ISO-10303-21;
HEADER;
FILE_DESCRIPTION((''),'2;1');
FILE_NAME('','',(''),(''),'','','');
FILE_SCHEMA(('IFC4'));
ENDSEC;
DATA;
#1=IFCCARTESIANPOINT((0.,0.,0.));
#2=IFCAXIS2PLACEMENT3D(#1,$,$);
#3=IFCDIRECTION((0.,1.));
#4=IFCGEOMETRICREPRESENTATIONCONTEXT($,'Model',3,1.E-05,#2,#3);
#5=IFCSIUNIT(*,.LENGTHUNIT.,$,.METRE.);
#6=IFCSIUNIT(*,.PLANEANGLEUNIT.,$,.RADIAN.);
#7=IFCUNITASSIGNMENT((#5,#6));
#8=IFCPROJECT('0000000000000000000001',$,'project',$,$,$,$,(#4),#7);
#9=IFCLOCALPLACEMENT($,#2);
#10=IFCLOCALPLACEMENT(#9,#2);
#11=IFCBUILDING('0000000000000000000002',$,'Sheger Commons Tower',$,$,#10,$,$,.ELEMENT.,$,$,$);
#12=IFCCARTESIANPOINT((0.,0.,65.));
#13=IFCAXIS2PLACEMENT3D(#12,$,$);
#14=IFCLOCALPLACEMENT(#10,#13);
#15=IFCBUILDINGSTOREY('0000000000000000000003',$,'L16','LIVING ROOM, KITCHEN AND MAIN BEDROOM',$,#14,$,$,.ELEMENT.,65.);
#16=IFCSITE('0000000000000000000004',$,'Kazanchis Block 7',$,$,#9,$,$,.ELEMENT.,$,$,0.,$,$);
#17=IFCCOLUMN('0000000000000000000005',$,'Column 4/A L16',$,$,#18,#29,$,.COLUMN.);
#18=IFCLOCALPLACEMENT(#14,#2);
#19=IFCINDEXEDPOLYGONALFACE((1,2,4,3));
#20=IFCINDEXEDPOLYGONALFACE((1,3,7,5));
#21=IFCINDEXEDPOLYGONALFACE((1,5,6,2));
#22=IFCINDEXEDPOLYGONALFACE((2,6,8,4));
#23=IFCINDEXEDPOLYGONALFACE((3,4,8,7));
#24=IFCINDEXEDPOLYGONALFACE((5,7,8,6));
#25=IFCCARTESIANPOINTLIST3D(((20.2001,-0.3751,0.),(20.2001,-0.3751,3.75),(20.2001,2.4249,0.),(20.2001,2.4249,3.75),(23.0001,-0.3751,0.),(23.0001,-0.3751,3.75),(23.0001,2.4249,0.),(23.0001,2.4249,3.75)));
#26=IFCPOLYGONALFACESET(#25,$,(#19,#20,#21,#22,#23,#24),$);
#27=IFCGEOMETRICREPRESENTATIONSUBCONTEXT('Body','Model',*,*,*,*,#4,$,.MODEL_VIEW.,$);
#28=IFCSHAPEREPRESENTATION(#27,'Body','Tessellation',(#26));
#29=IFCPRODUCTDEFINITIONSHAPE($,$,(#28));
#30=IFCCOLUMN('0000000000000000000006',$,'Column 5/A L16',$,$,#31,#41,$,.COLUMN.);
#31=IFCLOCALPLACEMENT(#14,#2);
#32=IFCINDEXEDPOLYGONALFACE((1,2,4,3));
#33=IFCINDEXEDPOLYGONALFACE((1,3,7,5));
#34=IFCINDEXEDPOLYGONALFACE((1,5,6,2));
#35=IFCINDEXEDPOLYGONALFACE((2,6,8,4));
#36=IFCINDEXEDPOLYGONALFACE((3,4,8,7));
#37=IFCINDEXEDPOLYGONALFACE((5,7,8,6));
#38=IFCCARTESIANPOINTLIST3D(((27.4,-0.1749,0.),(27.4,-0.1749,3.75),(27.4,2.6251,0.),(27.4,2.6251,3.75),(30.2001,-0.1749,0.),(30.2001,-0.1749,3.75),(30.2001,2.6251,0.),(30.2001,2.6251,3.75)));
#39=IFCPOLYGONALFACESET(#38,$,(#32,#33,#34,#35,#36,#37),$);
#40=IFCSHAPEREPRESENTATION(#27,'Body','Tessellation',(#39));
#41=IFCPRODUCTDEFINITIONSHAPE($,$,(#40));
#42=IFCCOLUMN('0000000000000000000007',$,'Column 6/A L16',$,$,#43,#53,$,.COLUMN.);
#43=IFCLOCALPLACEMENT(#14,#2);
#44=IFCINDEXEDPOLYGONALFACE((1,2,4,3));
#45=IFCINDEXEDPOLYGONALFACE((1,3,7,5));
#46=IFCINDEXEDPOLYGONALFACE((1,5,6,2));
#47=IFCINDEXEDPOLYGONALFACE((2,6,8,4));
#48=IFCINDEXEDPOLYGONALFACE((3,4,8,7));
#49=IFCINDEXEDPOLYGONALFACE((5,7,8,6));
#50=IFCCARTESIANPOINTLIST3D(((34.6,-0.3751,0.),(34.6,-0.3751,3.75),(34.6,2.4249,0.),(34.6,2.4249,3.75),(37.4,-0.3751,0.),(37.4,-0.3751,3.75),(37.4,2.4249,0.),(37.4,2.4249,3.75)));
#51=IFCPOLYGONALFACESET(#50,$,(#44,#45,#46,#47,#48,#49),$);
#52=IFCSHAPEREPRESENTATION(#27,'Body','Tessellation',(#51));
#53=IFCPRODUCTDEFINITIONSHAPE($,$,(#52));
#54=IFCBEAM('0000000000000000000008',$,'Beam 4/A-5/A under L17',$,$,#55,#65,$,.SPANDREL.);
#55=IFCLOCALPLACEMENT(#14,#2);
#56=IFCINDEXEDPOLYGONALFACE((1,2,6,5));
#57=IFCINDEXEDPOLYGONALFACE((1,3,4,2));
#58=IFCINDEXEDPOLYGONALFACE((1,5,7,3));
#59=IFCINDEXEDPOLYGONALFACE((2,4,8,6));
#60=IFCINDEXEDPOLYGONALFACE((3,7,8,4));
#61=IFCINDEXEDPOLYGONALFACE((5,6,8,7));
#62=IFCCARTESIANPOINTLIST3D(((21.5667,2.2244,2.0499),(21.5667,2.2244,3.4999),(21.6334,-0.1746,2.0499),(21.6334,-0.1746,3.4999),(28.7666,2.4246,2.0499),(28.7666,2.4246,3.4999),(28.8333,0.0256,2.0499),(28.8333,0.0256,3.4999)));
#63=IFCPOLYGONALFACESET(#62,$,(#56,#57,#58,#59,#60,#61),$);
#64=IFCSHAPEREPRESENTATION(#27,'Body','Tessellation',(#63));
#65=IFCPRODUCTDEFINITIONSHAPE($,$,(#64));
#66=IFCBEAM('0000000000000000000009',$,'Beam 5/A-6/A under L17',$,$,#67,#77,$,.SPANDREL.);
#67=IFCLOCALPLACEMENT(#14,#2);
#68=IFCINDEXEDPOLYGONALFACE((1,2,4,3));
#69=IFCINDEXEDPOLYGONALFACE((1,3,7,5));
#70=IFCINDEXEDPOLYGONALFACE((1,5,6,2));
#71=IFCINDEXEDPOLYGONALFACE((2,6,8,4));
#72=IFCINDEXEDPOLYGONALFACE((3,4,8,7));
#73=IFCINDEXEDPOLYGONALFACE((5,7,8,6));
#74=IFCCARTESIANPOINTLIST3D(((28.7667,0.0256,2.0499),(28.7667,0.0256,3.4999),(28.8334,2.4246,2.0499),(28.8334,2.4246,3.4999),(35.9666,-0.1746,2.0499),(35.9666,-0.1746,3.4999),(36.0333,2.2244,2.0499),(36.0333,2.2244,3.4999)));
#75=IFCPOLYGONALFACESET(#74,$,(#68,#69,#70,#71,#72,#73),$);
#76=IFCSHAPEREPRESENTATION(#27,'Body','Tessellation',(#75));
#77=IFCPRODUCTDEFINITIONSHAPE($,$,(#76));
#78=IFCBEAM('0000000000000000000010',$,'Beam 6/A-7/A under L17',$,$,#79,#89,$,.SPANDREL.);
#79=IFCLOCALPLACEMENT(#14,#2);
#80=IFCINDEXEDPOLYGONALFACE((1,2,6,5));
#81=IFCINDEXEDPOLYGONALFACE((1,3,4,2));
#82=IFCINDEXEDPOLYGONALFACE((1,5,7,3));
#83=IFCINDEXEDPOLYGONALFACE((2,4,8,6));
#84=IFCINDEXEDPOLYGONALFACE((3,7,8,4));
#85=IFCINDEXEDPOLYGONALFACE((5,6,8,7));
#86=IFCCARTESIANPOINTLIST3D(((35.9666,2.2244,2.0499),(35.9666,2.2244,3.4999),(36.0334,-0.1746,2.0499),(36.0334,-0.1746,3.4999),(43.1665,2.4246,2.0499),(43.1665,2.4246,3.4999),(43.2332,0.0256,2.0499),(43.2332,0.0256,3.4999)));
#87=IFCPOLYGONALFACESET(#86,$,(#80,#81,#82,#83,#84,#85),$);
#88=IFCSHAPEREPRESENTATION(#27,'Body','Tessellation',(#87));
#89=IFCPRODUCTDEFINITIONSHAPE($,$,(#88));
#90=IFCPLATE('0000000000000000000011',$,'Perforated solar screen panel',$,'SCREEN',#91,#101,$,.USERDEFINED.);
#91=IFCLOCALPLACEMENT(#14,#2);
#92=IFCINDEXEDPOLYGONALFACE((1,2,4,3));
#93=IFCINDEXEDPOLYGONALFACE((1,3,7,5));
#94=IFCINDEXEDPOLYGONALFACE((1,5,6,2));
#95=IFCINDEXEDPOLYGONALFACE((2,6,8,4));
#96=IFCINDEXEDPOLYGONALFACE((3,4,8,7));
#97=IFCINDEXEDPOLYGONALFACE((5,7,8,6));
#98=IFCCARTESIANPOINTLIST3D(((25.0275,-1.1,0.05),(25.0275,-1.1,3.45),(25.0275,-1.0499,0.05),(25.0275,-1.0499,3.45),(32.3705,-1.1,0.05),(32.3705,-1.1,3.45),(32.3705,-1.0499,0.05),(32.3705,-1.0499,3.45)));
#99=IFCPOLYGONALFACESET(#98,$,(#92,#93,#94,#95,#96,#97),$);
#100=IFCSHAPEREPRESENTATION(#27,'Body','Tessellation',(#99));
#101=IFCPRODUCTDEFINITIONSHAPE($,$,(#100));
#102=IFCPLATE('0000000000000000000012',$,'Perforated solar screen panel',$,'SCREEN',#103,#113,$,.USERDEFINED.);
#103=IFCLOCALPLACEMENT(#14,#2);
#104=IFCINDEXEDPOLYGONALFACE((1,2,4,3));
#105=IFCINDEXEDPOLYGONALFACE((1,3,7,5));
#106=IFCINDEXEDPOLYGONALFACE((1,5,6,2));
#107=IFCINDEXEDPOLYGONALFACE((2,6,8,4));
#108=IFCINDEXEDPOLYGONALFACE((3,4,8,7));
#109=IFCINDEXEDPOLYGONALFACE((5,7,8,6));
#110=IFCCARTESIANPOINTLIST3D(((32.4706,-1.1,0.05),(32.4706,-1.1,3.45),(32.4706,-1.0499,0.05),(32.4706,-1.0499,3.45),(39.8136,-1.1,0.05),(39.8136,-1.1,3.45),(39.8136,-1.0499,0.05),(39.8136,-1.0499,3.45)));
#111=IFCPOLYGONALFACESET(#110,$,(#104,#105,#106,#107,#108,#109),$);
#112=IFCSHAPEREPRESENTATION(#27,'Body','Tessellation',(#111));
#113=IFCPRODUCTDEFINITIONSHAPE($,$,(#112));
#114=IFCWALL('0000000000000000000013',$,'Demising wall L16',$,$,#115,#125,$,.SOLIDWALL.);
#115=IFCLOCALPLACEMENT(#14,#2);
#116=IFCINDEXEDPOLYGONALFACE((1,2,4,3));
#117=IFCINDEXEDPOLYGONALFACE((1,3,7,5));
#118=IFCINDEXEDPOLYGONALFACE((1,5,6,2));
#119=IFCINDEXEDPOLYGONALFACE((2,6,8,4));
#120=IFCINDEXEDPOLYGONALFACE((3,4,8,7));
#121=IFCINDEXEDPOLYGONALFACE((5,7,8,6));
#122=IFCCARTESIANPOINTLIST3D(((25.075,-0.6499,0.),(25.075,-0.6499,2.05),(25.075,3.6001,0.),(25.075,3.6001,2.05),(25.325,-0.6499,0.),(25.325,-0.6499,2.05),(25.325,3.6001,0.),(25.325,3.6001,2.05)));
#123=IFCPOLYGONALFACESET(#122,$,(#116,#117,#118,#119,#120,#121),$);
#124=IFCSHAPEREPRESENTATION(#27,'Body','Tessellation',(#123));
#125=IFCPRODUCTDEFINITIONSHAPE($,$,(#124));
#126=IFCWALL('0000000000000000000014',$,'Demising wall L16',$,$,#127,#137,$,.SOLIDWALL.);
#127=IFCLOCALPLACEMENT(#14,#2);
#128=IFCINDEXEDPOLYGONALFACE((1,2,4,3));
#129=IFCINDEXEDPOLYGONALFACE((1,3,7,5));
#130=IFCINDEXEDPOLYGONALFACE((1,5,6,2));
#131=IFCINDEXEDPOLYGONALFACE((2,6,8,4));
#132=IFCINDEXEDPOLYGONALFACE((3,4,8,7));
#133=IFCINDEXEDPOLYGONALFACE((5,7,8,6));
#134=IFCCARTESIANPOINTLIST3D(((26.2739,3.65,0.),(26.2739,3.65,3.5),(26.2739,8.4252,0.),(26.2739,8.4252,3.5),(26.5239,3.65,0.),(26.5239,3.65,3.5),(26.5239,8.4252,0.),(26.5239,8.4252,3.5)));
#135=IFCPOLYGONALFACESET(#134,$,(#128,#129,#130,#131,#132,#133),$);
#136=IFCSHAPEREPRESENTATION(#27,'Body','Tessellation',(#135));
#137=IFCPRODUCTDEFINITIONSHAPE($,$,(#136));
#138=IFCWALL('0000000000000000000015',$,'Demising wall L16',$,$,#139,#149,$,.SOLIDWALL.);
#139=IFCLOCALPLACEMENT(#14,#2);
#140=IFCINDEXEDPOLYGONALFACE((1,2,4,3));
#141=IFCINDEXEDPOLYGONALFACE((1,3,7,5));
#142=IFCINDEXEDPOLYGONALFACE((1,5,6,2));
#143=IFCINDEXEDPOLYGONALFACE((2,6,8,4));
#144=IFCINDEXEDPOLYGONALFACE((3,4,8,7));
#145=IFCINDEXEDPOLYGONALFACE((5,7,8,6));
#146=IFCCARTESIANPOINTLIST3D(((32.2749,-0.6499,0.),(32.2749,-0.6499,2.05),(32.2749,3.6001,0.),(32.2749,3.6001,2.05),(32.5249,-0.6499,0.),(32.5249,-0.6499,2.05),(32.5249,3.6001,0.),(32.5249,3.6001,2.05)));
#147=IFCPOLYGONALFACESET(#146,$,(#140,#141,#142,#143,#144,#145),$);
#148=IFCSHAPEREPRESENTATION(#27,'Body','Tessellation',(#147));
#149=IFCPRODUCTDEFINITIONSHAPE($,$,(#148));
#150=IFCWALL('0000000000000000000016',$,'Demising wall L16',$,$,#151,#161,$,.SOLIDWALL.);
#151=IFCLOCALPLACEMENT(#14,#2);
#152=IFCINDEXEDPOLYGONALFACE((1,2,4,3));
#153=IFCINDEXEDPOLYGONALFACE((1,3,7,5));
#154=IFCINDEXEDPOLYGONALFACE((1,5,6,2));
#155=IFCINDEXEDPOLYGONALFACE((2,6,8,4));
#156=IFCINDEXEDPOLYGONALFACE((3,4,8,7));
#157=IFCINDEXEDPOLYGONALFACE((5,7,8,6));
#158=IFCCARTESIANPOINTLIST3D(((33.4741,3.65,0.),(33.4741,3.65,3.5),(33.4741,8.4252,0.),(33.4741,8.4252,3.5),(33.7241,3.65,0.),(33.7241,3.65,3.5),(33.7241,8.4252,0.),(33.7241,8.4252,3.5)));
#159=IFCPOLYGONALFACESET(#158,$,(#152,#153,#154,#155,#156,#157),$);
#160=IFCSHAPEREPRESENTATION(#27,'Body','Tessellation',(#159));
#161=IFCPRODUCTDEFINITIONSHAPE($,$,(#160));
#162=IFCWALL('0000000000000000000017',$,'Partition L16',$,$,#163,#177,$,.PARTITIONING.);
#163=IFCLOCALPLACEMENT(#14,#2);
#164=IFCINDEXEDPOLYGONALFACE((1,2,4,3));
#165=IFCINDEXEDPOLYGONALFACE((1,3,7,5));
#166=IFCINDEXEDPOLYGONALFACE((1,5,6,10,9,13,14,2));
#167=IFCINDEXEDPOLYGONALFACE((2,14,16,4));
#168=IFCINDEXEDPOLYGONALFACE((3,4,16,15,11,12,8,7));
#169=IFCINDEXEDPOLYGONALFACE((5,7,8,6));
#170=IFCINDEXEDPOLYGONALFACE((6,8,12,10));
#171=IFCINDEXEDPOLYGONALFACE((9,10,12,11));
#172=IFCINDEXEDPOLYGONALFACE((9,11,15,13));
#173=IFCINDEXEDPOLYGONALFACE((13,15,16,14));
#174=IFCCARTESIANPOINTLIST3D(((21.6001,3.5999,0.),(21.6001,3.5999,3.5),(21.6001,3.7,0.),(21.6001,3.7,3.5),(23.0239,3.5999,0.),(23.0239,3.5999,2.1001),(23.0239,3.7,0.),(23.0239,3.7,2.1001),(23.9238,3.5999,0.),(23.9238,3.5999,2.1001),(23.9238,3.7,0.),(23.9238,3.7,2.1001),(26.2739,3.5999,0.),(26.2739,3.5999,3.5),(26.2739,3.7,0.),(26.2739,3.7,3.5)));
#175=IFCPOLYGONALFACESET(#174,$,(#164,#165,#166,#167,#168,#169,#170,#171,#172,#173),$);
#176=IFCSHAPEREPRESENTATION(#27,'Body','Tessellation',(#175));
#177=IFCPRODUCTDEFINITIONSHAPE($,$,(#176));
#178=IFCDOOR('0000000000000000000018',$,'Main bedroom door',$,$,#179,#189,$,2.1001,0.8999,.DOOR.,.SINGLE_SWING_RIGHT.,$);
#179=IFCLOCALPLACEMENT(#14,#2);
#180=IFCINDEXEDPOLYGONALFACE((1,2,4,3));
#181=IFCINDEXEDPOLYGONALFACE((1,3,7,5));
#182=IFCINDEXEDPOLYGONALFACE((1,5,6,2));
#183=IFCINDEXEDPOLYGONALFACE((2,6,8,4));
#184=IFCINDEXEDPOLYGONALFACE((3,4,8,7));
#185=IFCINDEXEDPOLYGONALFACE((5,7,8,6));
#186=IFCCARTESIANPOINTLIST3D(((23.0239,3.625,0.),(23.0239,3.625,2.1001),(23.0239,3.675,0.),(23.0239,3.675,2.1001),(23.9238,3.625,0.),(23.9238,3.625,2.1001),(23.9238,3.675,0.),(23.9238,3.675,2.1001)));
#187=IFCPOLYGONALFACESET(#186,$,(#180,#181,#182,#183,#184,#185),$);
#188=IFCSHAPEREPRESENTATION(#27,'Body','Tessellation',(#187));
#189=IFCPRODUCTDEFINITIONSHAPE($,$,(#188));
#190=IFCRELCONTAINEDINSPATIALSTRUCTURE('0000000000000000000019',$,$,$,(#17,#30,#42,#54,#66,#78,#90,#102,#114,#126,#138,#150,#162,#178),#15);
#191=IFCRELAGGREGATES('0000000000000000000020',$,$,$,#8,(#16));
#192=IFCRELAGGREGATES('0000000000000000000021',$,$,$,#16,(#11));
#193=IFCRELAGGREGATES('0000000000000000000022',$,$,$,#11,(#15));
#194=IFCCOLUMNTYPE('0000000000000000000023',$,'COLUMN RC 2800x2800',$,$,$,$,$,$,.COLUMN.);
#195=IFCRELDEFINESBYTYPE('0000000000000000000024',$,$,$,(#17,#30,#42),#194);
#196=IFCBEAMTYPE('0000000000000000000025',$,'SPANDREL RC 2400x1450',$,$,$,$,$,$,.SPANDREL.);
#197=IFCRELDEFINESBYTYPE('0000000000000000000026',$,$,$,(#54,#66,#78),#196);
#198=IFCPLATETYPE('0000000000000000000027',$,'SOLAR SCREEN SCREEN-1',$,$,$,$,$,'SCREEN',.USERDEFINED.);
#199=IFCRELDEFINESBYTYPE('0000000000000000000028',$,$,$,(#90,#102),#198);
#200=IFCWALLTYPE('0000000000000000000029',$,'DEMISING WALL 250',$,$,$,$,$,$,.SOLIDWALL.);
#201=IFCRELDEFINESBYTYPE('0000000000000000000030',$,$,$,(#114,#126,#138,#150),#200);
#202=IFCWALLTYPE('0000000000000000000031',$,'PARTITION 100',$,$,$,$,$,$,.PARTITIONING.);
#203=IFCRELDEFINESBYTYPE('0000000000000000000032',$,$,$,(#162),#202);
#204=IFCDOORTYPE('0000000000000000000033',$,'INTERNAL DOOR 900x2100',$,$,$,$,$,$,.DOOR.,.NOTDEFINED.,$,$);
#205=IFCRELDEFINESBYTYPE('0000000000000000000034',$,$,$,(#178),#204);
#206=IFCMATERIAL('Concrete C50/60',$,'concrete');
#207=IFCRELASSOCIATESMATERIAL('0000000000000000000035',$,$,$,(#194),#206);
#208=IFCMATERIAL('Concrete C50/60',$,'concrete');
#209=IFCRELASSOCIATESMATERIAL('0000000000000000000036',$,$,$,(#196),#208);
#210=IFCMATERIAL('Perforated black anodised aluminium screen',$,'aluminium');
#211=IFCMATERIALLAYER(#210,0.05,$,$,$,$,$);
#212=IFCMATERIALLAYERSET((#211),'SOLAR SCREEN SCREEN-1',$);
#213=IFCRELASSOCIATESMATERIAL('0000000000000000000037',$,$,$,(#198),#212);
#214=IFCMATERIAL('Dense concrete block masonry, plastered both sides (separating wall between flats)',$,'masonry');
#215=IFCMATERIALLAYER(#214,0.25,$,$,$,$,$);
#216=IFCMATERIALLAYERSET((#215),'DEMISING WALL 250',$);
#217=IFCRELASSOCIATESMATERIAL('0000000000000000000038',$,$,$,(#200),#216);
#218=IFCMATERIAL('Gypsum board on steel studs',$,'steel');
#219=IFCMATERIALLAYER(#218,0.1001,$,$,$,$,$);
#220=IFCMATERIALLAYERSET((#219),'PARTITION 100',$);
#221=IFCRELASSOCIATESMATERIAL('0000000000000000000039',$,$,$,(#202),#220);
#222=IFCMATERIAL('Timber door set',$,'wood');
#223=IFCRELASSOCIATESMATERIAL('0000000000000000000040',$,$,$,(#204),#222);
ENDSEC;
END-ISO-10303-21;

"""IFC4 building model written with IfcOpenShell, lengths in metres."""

from ifc_helpers import new_model, si_unit, direction, frame, frame_2d, origin, origin_2d, place, context, subcontext, project, spatial, rectangle, extrude, material, layer, layer_set, material_profile, profile_set, type_object, element, fill, save


model = new_model("IFC4")

# Units and contexts
model_context = context("Model", 3, precision=1e-05, world=origin(), true_north=direction((0.0, 1.0)))
body_context = subcontext(model_context, "Body", "Model", "MODEL_VIEW")
ifc_project = project(units=[si_unit("LENGTHUNIT", "METRE"), si_unit("PLANEANGLEUNIT", "RADIAN")], contexts=[model_context])

# Site, building, storey
site_placement = place(None, origin())
site = spatial("IfcSite", under=ifc_project, at=site_placement, Name="Kazanchis Block 7", CompositionType="ELEMENT", RefElevation=0.0)
building_placement = place(site_placement, origin())
building = spatial("IfcBuilding", under=site, at=building_placement, Name="Sheger Commons Tower", CompositionType="ELEMENT")
storey_placement = place(building_placement, frame((0.0, 0.0, 65.0)))
storey = spatial("IfcBuildingStorey", under=building, at=storey_placement, Name="L16", Description="LIVING ROOM, KITCHEN AND MAIN BEDROOM", CompositionType="ELEMENT", Elevation=65.0)

# Columns
ifc_material_1 = material(Name="Concrete C50/60", Category="concrete")
ifc_material_profile_1 = material_profile(ifc_material_1, rectangle(XDim=2.8, YDim=2.8, at=origin_2d()), Name="RC 2800x2800")
ifc_profile_set_1 = profile_set([ifc_material_profile_1], Name="Concrete C50/60")
column_type = type_object("IfcColumnType", Name="COLUMN RC 2800x2800", PredefinedType="COLUMN", material=ifc_profile_set_1)
for number, where, z_axis, x_axis, name in (
    (1, (21.6001, 1.0249, 0.0), (0.0, 0.0, 1.0), (1.0, 0.0, 0.0), "Column 4/A L16"),
    (2, (28.8, 1.2251, 0.0), (0.0, 0.0, 1.0), (1.0, 0.0, 0.0), "Column 5/A L16"),
    (3, (36.0, 1.0249, 0.0), (0.0, 0.0, 1.0), (1.0, 0.0, 0.0), "Column 6/A L16"),
):
    element("IfcColumn", number, at=place(storey_placement, frame(where, z_axis=z_axis, x_axis=x_axis)), inside=storey, type_object=column_type, Name=name, PredefinedType="COLUMN", context=body_context, shape_type="SweptSolid", body=[
        extrude(rectangle(XDim=2.8, YDim=2.8, at=origin_2d()), origin(), (0.0, 0.0, 1.0), 3.75),
    ])

# Beams
ifc_material_2 = material(Name="Concrete C50/60", Category="concrete")
ifc_material_profile_2 = material_profile(ifc_material_2, rectangle(XDim=2.3999, YDim=1.45, at=origin_2d()), Name="RC 2400x1450")
ifc_profile_set_2 = profile_set([ifc_material_profile_2], Name="Concrete C50/60")
beam_type = type_object("IfcBeamType", Name="SPANDREL RC 2400x1450", PredefinedType="SPANDREL", material=ifc_profile_set_2)
for number, where, z_axis, x_axis, name in (
    (4, (21.6001, 1.0249, 2.7749), (0.999614, 0.027794, 0.0), (-0.027794, 0.999614, 0.0), "Beam 4/A-5/A under L17"),
    (5, (28.8, 1.2251, 2.7749), (0.999614, -0.027794, 0.0), (0.027794, 0.999614, 0.0), "Beam 5/A-6/A under L17"),
    (6, (36.0, 1.0249, 2.7749), (0.999614, 0.027794, 0.0), (-0.027794, 0.999614, 0.0), "Beam 6/A-7/A under L17"),
):
    element("IfcBeam", number, at=place(storey_placement, frame(where, z_axis=z_axis, x_axis=x_axis)), inside=storey, type_object=beam_type, Name=name, PredefinedType="SPANDREL", context=body_context, shape_type="SweptSolid", body=[
        extrude(rectangle(XDim=2.3999, YDim=1.45, at=origin_2d()), origin(), (0.0, 0.0, 1.0), 7.2026),
    ])

# Plates
ifc_material_3 = material(Name="Perforated black anodised aluminium screen", Category="aluminium")
ifc_layer_1 = layer(ifc_material_3, 0.05)
ifc_layer_set_1 = layer_set([ifc_layer_1], Name="SOLAR SCREEN SCREEN-1")
plate_type = type_object("IfcPlateType", Name="SOLAR SCREEN SCREEN-1", ElementType="SCREEN", PredefinedType="USERDEFINED", material=ifc_layer_set_1)
for number, where, z_axis, x_axis, name in (
    (7, (28.699, -1.075, 0.05), (0.0, 0.0, 1.0), (1.0, 0.0, 0.0), "Perforated solar screen panel"),
    (8, (36.1421, -1.075, 0.05), (0.0, 0.0, 1.0), (1.0, 0.0, 0.0), "Perforated solar screen panel"),
):
    element("IfcPlate", number, at=place(storey_placement, frame(where, z_axis=z_axis, x_axis=x_axis)), inside=storey, type_object=plate_type, Name=name, ObjectType="SCREEN", PredefinedType="USERDEFINED", context=body_context, shape_type="SweptSolid", body=[
        extrude(rectangle(XDim=7.343, YDim=0.05, at=origin_2d()), origin(), (0.0, 0.0, 1.0), 3.3999),
    ])

# Walls
ifc_material_4 = material(Name="Dense concrete block masonry, plastered both sides (separating wall between flats)", Category="masonry")
ifc_layer_2 = layer(ifc_material_4, 0.25)
ifc_layer_set_2 = layer_set([ifc_layer_2], Name="DEMISING WALL 250")
wall_type_1 = type_object("IfcWallType", Name="DEMISING WALL 250", PredefinedType="SOLIDWALL", material=ifc_layer_set_2)
wall_1_placement = place(storey_placement, frame((25.2, -0.6499, 0.0), z_axis=(0.0, 0.0, 1.0), x_axis=(0.0, 1.0, 0.0)))
element("IfcWall", 9, at=wall_1_placement, inside=storey, type_object=wall_type_1, Name="Demising wall L16", PredefinedType="SOLIDWALL", context=body_context, shape_type="SweptSolid", body=[
    extrude(rectangle(XDim=4.25, YDim=0.25, at=frame_2d((2.125, 0.0))), origin(), (0.0, 0.0, 1.0), 2.05),
])
wall_2_placement = place(storey_placement, frame((26.3989, 3.6499, 0.0), z_axis=(0.0, 0.0, 1.0), x_axis=(0.0, 1.0, 0.0)))
element("IfcWall", 10, at=wall_2_placement, inside=storey, type_object=wall_type_1, Name="Demising wall L16", PredefinedType="SOLIDWALL", context=body_context, shape_type="SweptSolid", body=[
    extrude(rectangle(XDim=4.7751, YDim=0.25, at=frame_2d((2.3877, 0.0))), origin(), (0.0, 0.0, 1.0), 3.5),
])
wall_3_placement = place(storey_placement, frame((32.3999, -0.6499, 0.0), z_axis=(0.0, 0.0, 1.0), x_axis=(0.0, 1.0, 0.0)))
element("IfcWall", 11, at=wall_3_placement, inside=storey, type_object=wall_type_1, Name="Demising wall L16", PredefinedType="SOLIDWALL", context=body_context, shape_type="SweptSolid", body=[
    extrude(rectangle(XDim=4.25, YDim=0.25, at=frame_2d((2.125, 0.0))), origin(), (0.0, 0.0, 1.0), 2.05),
])
wall_4_placement = place(storey_placement, frame((33.5991, 3.6499, 0.0), z_axis=(0.0, 0.0, 1.0), x_axis=(0.0, 1.0, 0.0)))
element("IfcWall", 12, at=wall_4_placement, inside=storey, type_object=wall_type_1, Name="Demising wall L16", PredefinedType="SOLIDWALL", context=body_context, shape_type="SweptSolid", body=[
    extrude(rectangle(XDim=4.7751, YDim=0.25, at=frame_2d((2.3877, 0.0))), origin(), (0.0, 0.0, 1.0), 3.5),
])

# Wall, opening, door
ifc_material_5 = material(Name="Gypsum board on steel studs", Category="steel")
ifc_layer_3 = layer(ifc_material_5, 0.1001)
ifc_layer_set_3 = layer_set([ifc_layer_3], Name="PARTITION 100")
wall_type_2 = type_object("IfcWallType", Name="PARTITION 100", PredefinedType="PARTITIONING", material=ifc_layer_set_3)
wall_5_placement = place(storey_placement, frame((26.2739, 3.6499, 0.0), z_axis=(0.0, 0.0, 1.0), x_axis=(-1.0, 0.0, 0.0)))
wall_5 = element("IfcWall", 13, at=wall_5_placement, inside=storey, type_object=wall_type_2, Name="Partition L16", PredefinedType="PARTITIONING", context=body_context, shape_type="SweptSolid", body=[
    extrude(rectangle(XDim=4.6738, YDim=0.1001, at=frame_2d((2.3369, 0.0))), origin(), (0.0, 0.0, 1.0), 3.5),
])
opening_1_placement = place(wall_5_placement, frame((2.3501, 0.0, 0.0)))
opening_1 = element("IfcOpeningElement", 14, at=opening_1_placement, cuts=wall_5, PredefinedType="OPENING", context=body_context, shape_type="SweptSolid", body=[
    extrude(rectangle(XDim=0.8999, YDim=2.1001, at=frame_2d((0.45, 1.05))), frame((0.0, 0.0601, 0.0), z_axis=(0.0, -1.0, 0.0), x_axis=(1.0, 0.0, 0.0)), (0.0, 0.0, 1.0), 0.1201),
])
ifc_material_6 = material(Name="Timber door set", Category="wood")
door_type = type_object("IfcDoorType", Name="INTERNAL DOOR 900x2100", OperationType="NOTDEFINED", PredefinedType="DOOR", material=ifc_material_6)
door_1_placement = place(opening_1_placement, origin())
door_1 = element("IfcDoor", 15, at=door_1_placement, inside=storey, type_object=door_type, Name="Main bedroom door", OperationType="SINGLE_SWING_RIGHT", OverallHeight=2.1001, OverallWidth=0.8999, PredefinedType="DOOR", context=body_context, shape_type="SweptSolid", body=[
    extrude(rectangle(XDim=0.8999, YDim=2.1001, at=frame_2d((0.45, 1.05))), frame((0.0, 0.0249, 0.0), z_axis=(0.0, -1.0, 0.0), x_axis=(1.0, 0.0, 0.0)), (0.0, 0.0, 1.0), 0.05),
])
fill(opening_1, door_1)

save(model, "model.ifc")
